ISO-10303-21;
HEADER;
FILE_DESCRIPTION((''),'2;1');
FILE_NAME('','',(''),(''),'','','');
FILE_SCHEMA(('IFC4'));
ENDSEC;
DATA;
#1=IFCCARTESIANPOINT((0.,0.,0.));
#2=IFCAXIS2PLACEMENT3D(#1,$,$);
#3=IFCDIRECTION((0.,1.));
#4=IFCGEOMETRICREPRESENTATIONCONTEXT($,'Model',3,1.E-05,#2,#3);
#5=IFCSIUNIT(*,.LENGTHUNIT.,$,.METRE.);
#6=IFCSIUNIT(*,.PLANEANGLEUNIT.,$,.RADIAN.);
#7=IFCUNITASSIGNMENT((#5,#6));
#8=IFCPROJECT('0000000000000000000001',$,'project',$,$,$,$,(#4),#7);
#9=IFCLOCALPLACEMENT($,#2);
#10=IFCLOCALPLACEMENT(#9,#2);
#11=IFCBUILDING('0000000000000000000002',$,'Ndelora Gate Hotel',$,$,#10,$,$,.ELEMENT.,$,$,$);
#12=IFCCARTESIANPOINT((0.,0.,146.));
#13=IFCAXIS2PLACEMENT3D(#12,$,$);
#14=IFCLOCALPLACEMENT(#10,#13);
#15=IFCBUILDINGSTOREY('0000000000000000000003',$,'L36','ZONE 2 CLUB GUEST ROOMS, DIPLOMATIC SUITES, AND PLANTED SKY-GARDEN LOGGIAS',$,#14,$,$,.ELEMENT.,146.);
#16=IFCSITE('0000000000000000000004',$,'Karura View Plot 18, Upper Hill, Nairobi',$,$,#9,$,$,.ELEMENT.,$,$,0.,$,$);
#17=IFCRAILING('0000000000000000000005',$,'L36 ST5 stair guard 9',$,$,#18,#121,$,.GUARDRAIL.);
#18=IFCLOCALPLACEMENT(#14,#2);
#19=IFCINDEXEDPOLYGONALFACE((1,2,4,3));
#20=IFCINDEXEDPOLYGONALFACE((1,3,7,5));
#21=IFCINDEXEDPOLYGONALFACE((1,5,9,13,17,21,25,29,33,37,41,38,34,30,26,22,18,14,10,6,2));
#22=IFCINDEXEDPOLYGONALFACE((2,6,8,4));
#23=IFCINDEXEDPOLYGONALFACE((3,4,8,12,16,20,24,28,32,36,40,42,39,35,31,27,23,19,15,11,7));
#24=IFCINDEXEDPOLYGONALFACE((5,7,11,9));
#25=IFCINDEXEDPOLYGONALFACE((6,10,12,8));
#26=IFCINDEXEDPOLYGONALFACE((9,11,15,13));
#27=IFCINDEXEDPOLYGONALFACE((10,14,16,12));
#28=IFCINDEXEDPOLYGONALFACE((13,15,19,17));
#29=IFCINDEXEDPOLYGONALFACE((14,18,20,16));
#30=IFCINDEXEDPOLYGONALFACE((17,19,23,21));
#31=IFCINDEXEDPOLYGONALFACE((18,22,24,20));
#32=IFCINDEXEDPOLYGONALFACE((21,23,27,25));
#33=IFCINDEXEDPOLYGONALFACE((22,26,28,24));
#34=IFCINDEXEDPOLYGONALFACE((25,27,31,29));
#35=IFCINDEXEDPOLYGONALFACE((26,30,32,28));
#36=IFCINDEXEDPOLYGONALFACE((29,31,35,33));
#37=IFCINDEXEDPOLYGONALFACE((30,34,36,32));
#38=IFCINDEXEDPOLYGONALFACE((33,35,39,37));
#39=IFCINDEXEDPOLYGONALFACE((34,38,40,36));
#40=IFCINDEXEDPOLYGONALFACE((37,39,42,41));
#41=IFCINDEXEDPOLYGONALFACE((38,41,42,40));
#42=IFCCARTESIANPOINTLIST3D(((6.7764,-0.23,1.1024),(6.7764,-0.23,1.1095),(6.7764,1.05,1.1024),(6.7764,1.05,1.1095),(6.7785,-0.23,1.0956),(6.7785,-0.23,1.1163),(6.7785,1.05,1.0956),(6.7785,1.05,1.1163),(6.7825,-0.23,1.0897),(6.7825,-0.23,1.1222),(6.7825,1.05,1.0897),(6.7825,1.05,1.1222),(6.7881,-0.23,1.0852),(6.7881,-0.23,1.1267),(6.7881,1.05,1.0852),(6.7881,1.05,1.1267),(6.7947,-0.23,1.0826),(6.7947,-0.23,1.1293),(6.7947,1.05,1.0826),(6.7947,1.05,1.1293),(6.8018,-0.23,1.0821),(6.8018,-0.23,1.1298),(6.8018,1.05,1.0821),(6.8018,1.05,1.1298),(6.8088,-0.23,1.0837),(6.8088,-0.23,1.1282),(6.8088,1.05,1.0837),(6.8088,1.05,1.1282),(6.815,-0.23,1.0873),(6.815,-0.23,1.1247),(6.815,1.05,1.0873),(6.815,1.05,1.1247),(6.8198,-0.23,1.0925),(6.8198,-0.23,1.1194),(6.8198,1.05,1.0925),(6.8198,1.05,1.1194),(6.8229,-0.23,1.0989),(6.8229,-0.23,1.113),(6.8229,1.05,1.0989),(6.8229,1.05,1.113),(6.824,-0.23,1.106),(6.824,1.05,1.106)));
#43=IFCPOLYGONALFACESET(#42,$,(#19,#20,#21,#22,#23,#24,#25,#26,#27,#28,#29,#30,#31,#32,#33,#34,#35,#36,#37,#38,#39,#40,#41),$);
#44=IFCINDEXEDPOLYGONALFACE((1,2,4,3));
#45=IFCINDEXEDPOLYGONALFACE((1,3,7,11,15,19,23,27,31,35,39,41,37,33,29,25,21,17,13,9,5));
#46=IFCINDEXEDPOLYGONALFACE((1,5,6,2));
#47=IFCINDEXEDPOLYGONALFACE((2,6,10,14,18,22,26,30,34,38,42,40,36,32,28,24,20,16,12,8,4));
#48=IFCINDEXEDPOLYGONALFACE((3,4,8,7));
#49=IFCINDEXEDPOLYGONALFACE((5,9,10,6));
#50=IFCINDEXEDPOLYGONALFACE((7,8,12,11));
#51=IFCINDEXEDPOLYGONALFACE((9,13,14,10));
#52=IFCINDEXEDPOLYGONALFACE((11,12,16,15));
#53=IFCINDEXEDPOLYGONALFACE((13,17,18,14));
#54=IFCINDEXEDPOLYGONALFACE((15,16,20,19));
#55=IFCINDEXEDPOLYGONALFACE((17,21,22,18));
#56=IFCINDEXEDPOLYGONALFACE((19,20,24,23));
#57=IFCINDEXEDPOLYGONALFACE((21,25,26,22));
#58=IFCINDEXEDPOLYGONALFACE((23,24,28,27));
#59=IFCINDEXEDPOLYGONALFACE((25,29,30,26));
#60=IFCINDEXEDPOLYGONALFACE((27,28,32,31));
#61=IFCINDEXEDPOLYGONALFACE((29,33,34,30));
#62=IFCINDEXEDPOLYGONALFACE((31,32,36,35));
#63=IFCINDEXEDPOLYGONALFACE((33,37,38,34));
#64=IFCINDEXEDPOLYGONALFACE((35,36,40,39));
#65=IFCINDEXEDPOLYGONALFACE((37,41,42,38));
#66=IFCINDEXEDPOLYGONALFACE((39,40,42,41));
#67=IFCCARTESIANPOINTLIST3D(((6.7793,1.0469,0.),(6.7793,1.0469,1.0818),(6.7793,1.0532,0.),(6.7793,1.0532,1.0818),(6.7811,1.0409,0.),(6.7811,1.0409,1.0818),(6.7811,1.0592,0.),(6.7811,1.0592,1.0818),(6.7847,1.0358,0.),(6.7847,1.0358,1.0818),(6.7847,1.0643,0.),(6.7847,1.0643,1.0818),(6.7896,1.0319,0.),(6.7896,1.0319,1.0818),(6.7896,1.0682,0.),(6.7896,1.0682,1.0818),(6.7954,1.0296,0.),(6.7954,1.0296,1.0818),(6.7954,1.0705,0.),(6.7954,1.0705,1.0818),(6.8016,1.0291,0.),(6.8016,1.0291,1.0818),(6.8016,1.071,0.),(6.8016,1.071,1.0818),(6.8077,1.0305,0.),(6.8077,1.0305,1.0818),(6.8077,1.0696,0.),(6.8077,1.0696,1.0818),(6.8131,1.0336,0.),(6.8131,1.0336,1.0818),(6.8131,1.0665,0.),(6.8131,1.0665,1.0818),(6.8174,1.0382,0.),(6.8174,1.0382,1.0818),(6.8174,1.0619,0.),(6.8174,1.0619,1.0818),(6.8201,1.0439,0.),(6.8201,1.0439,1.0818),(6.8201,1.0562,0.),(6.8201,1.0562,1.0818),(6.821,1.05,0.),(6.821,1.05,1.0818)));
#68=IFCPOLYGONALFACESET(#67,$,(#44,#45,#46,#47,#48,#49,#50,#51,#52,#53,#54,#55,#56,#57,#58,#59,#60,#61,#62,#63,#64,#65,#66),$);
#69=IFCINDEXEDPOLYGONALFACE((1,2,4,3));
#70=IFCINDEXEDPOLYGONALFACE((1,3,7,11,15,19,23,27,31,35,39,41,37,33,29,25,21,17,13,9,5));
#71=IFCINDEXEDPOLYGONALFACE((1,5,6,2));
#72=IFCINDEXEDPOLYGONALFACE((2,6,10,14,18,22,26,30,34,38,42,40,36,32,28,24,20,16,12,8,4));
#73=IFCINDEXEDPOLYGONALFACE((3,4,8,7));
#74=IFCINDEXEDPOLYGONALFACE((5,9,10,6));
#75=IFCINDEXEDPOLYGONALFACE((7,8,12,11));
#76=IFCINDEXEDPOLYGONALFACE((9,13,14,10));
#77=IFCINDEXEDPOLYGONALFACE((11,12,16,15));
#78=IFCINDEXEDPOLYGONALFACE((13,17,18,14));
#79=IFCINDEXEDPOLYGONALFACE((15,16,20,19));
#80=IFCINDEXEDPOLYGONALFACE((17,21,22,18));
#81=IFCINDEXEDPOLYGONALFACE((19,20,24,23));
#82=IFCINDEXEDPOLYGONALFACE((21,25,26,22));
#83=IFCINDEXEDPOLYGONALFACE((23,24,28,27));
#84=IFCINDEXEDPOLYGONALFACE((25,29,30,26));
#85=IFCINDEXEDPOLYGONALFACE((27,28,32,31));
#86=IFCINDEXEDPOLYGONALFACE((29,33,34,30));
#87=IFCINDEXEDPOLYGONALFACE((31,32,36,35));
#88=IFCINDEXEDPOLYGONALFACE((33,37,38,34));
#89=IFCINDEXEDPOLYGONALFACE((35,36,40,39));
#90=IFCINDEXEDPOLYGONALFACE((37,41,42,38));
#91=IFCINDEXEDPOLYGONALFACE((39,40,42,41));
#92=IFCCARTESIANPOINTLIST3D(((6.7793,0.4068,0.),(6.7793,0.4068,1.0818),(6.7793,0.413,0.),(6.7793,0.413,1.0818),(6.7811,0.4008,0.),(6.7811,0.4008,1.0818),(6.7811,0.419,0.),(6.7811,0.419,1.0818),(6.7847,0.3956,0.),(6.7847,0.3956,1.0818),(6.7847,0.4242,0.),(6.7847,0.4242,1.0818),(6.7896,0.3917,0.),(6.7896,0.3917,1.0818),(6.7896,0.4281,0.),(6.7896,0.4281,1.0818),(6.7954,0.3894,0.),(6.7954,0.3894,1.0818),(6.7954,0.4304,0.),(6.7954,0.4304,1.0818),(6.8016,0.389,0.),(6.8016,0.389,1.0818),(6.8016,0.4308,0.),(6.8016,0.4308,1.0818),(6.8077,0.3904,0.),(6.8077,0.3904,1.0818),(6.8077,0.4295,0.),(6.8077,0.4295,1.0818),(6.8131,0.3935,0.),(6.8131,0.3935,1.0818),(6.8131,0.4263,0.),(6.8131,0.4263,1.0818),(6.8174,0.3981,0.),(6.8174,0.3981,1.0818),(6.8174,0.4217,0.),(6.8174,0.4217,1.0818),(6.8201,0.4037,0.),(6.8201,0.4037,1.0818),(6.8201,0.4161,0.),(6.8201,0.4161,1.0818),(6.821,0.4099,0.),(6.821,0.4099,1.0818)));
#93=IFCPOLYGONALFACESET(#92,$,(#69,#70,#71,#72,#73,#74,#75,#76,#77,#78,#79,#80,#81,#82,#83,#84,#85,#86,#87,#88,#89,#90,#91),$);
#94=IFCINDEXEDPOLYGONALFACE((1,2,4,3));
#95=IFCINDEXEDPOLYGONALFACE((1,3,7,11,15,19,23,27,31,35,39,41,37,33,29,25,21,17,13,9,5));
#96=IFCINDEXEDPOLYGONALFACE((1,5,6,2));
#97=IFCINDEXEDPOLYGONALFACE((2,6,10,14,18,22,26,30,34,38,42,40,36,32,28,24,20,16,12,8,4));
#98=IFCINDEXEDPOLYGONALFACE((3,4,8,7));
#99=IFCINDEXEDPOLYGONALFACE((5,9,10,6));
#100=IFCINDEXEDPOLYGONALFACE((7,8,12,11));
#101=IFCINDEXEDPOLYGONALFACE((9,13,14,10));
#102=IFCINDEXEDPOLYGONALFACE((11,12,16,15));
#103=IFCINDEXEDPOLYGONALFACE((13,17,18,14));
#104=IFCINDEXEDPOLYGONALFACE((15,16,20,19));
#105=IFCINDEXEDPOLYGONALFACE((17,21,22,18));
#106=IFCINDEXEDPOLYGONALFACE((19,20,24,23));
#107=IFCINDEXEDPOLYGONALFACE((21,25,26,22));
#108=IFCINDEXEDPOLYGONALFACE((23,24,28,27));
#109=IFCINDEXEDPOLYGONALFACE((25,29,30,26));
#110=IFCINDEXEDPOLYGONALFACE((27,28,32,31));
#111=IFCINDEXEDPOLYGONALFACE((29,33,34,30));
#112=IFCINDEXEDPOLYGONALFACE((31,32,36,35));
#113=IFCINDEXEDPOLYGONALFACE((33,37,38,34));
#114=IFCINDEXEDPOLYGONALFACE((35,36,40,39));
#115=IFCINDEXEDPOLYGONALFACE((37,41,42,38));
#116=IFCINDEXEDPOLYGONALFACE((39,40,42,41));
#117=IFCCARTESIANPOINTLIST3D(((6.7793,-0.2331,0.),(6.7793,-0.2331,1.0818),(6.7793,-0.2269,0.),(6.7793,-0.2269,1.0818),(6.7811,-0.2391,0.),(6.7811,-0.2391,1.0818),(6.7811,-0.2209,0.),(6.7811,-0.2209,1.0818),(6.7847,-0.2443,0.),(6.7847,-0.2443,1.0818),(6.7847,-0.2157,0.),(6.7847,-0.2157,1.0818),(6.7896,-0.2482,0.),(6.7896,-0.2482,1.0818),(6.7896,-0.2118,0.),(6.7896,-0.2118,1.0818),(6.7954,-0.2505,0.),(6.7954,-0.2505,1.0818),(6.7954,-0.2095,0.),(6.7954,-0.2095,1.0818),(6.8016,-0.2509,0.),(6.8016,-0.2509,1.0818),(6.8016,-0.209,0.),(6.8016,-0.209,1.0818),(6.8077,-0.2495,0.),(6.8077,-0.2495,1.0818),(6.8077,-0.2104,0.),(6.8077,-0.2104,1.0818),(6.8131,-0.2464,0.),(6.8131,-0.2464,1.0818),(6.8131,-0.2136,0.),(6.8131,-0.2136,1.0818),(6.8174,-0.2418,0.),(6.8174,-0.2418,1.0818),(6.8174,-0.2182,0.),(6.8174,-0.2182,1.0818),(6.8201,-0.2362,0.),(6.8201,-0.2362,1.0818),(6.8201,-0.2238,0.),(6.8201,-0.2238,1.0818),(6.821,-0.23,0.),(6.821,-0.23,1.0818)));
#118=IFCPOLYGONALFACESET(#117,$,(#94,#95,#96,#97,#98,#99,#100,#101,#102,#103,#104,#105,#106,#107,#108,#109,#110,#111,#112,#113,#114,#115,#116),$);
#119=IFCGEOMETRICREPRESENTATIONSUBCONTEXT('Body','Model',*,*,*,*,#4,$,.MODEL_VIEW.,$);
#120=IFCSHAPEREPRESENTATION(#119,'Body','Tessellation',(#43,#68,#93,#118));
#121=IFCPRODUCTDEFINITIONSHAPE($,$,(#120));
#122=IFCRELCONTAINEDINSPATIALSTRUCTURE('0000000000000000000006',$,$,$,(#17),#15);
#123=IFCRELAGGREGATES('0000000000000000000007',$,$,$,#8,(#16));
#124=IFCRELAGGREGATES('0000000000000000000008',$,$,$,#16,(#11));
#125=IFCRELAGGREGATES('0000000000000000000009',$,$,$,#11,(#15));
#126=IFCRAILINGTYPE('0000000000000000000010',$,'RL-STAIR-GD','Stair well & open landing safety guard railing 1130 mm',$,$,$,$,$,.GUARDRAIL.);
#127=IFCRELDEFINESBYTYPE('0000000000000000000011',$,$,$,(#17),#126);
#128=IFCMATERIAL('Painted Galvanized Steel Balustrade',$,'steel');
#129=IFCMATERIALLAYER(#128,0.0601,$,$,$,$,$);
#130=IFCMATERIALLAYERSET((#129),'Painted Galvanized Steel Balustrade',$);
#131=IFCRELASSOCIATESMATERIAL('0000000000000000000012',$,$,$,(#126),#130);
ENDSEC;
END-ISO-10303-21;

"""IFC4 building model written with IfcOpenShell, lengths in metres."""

from ifc_helpers import new_model, si_unit, direction, frame, origin, origin_2d, place, context, subcontext, project, spatial, circle, extrude, material, layer, layer_set, type_object, element, save


model = new_model("IFC4")

# Units and contexts
model_context = context("Model", 3, precision=1e-05, world=origin(), true_north=direction((0.0, 1.0)))
body_context = subcontext(model_context, "Body", "Model", "MODEL_VIEW")
ifc_project = project(units=[si_unit("LENGTHUNIT", "METRE"), si_unit("PLANEANGLEUNIT", "RADIAN")], contexts=[model_context])

# Site, building, storey
site_placement = place(None, origin())
site = spatial("IfcSite", under=ifc_project, at=site_placement, Name="Karura View Plot 18, Upper Hill, Nairobi", CompositionType="ELEMENT", RefElevation=0.0)
building_placement = place(site_placement, origin())
building = spatial("IfcBuilding", under=site, at=building_placement, Name="Ndelora Gate Hotel", CompositionType="ELEMENT")
storey_placement = place(building_placement, frame((0.0, 0.0, 146.0)))
storey = spatial("IfcBuildingStorey", under=building, at=storey_placement, Name="L36", Description="ZONE 2 CLUB GUEST ROOMS, DIPLOMATIC SUITES, AND PLANTED SKY-GARDEN LOGGIAS", CompositionType="ELEMENT", Elevation=146.0)

# Railing
ifc_material_1 = material(Name="Painted Galvanized Steel Balustrade", Category="steel")
ifc_layer_1 = layer(ifc_material_1, 0.0601)
ifc_layer_set_1 = layer_set([ifc_layer_1], Name="Painted Galvanized Steel Balustrade")
railing_type_1 = type_object("IfcRailingType", Name="RL-STAIR-GD", Description="Stair well & open landing safety guard railing 1130 mm", PredefinedType="GUARDRAIL", material=ifc_layer_set_1)
for number, where, name in (
    (1, (6.8, 1.05, 0.0), "L36 ST5 stair guard 9"),
):
    element("IfcRailing", number, at=place(storey_placement, frame(where)), inside=storey, type_object=railing_type_1, Name=name, PredefinedType="GUARDRAIL", context=body_context, shape_type="SweptSolid", body=[
        extrude(circle(Radius=0.0239, at=origin_2d()), frame((0.0, 0.0, 1.106), z_axis=(0.0, -1.0, 0.0), x_axis=(1.0, 0.0, 0.0)), (0.0, 0.0, 1.0), 1.28),
        extrude(circle(Radius=0.021, at=origin_2d()), origin(), (0.0, 0.0, 1.0), 1.0818),
        extrude(circle(Radius=0.021, at=origin_2d()), frame((0.0, -0.6401, 0.0)), (0.0, 0.0, 1.0), 1.0818),
        extrude(circle(Radius=0.021, at=origin_2d()), frame((0.0, -1.28, 0.0)), (0.0, 0.0, 1.0), 1.0818),
    ])

save(model, "model.ifc")
